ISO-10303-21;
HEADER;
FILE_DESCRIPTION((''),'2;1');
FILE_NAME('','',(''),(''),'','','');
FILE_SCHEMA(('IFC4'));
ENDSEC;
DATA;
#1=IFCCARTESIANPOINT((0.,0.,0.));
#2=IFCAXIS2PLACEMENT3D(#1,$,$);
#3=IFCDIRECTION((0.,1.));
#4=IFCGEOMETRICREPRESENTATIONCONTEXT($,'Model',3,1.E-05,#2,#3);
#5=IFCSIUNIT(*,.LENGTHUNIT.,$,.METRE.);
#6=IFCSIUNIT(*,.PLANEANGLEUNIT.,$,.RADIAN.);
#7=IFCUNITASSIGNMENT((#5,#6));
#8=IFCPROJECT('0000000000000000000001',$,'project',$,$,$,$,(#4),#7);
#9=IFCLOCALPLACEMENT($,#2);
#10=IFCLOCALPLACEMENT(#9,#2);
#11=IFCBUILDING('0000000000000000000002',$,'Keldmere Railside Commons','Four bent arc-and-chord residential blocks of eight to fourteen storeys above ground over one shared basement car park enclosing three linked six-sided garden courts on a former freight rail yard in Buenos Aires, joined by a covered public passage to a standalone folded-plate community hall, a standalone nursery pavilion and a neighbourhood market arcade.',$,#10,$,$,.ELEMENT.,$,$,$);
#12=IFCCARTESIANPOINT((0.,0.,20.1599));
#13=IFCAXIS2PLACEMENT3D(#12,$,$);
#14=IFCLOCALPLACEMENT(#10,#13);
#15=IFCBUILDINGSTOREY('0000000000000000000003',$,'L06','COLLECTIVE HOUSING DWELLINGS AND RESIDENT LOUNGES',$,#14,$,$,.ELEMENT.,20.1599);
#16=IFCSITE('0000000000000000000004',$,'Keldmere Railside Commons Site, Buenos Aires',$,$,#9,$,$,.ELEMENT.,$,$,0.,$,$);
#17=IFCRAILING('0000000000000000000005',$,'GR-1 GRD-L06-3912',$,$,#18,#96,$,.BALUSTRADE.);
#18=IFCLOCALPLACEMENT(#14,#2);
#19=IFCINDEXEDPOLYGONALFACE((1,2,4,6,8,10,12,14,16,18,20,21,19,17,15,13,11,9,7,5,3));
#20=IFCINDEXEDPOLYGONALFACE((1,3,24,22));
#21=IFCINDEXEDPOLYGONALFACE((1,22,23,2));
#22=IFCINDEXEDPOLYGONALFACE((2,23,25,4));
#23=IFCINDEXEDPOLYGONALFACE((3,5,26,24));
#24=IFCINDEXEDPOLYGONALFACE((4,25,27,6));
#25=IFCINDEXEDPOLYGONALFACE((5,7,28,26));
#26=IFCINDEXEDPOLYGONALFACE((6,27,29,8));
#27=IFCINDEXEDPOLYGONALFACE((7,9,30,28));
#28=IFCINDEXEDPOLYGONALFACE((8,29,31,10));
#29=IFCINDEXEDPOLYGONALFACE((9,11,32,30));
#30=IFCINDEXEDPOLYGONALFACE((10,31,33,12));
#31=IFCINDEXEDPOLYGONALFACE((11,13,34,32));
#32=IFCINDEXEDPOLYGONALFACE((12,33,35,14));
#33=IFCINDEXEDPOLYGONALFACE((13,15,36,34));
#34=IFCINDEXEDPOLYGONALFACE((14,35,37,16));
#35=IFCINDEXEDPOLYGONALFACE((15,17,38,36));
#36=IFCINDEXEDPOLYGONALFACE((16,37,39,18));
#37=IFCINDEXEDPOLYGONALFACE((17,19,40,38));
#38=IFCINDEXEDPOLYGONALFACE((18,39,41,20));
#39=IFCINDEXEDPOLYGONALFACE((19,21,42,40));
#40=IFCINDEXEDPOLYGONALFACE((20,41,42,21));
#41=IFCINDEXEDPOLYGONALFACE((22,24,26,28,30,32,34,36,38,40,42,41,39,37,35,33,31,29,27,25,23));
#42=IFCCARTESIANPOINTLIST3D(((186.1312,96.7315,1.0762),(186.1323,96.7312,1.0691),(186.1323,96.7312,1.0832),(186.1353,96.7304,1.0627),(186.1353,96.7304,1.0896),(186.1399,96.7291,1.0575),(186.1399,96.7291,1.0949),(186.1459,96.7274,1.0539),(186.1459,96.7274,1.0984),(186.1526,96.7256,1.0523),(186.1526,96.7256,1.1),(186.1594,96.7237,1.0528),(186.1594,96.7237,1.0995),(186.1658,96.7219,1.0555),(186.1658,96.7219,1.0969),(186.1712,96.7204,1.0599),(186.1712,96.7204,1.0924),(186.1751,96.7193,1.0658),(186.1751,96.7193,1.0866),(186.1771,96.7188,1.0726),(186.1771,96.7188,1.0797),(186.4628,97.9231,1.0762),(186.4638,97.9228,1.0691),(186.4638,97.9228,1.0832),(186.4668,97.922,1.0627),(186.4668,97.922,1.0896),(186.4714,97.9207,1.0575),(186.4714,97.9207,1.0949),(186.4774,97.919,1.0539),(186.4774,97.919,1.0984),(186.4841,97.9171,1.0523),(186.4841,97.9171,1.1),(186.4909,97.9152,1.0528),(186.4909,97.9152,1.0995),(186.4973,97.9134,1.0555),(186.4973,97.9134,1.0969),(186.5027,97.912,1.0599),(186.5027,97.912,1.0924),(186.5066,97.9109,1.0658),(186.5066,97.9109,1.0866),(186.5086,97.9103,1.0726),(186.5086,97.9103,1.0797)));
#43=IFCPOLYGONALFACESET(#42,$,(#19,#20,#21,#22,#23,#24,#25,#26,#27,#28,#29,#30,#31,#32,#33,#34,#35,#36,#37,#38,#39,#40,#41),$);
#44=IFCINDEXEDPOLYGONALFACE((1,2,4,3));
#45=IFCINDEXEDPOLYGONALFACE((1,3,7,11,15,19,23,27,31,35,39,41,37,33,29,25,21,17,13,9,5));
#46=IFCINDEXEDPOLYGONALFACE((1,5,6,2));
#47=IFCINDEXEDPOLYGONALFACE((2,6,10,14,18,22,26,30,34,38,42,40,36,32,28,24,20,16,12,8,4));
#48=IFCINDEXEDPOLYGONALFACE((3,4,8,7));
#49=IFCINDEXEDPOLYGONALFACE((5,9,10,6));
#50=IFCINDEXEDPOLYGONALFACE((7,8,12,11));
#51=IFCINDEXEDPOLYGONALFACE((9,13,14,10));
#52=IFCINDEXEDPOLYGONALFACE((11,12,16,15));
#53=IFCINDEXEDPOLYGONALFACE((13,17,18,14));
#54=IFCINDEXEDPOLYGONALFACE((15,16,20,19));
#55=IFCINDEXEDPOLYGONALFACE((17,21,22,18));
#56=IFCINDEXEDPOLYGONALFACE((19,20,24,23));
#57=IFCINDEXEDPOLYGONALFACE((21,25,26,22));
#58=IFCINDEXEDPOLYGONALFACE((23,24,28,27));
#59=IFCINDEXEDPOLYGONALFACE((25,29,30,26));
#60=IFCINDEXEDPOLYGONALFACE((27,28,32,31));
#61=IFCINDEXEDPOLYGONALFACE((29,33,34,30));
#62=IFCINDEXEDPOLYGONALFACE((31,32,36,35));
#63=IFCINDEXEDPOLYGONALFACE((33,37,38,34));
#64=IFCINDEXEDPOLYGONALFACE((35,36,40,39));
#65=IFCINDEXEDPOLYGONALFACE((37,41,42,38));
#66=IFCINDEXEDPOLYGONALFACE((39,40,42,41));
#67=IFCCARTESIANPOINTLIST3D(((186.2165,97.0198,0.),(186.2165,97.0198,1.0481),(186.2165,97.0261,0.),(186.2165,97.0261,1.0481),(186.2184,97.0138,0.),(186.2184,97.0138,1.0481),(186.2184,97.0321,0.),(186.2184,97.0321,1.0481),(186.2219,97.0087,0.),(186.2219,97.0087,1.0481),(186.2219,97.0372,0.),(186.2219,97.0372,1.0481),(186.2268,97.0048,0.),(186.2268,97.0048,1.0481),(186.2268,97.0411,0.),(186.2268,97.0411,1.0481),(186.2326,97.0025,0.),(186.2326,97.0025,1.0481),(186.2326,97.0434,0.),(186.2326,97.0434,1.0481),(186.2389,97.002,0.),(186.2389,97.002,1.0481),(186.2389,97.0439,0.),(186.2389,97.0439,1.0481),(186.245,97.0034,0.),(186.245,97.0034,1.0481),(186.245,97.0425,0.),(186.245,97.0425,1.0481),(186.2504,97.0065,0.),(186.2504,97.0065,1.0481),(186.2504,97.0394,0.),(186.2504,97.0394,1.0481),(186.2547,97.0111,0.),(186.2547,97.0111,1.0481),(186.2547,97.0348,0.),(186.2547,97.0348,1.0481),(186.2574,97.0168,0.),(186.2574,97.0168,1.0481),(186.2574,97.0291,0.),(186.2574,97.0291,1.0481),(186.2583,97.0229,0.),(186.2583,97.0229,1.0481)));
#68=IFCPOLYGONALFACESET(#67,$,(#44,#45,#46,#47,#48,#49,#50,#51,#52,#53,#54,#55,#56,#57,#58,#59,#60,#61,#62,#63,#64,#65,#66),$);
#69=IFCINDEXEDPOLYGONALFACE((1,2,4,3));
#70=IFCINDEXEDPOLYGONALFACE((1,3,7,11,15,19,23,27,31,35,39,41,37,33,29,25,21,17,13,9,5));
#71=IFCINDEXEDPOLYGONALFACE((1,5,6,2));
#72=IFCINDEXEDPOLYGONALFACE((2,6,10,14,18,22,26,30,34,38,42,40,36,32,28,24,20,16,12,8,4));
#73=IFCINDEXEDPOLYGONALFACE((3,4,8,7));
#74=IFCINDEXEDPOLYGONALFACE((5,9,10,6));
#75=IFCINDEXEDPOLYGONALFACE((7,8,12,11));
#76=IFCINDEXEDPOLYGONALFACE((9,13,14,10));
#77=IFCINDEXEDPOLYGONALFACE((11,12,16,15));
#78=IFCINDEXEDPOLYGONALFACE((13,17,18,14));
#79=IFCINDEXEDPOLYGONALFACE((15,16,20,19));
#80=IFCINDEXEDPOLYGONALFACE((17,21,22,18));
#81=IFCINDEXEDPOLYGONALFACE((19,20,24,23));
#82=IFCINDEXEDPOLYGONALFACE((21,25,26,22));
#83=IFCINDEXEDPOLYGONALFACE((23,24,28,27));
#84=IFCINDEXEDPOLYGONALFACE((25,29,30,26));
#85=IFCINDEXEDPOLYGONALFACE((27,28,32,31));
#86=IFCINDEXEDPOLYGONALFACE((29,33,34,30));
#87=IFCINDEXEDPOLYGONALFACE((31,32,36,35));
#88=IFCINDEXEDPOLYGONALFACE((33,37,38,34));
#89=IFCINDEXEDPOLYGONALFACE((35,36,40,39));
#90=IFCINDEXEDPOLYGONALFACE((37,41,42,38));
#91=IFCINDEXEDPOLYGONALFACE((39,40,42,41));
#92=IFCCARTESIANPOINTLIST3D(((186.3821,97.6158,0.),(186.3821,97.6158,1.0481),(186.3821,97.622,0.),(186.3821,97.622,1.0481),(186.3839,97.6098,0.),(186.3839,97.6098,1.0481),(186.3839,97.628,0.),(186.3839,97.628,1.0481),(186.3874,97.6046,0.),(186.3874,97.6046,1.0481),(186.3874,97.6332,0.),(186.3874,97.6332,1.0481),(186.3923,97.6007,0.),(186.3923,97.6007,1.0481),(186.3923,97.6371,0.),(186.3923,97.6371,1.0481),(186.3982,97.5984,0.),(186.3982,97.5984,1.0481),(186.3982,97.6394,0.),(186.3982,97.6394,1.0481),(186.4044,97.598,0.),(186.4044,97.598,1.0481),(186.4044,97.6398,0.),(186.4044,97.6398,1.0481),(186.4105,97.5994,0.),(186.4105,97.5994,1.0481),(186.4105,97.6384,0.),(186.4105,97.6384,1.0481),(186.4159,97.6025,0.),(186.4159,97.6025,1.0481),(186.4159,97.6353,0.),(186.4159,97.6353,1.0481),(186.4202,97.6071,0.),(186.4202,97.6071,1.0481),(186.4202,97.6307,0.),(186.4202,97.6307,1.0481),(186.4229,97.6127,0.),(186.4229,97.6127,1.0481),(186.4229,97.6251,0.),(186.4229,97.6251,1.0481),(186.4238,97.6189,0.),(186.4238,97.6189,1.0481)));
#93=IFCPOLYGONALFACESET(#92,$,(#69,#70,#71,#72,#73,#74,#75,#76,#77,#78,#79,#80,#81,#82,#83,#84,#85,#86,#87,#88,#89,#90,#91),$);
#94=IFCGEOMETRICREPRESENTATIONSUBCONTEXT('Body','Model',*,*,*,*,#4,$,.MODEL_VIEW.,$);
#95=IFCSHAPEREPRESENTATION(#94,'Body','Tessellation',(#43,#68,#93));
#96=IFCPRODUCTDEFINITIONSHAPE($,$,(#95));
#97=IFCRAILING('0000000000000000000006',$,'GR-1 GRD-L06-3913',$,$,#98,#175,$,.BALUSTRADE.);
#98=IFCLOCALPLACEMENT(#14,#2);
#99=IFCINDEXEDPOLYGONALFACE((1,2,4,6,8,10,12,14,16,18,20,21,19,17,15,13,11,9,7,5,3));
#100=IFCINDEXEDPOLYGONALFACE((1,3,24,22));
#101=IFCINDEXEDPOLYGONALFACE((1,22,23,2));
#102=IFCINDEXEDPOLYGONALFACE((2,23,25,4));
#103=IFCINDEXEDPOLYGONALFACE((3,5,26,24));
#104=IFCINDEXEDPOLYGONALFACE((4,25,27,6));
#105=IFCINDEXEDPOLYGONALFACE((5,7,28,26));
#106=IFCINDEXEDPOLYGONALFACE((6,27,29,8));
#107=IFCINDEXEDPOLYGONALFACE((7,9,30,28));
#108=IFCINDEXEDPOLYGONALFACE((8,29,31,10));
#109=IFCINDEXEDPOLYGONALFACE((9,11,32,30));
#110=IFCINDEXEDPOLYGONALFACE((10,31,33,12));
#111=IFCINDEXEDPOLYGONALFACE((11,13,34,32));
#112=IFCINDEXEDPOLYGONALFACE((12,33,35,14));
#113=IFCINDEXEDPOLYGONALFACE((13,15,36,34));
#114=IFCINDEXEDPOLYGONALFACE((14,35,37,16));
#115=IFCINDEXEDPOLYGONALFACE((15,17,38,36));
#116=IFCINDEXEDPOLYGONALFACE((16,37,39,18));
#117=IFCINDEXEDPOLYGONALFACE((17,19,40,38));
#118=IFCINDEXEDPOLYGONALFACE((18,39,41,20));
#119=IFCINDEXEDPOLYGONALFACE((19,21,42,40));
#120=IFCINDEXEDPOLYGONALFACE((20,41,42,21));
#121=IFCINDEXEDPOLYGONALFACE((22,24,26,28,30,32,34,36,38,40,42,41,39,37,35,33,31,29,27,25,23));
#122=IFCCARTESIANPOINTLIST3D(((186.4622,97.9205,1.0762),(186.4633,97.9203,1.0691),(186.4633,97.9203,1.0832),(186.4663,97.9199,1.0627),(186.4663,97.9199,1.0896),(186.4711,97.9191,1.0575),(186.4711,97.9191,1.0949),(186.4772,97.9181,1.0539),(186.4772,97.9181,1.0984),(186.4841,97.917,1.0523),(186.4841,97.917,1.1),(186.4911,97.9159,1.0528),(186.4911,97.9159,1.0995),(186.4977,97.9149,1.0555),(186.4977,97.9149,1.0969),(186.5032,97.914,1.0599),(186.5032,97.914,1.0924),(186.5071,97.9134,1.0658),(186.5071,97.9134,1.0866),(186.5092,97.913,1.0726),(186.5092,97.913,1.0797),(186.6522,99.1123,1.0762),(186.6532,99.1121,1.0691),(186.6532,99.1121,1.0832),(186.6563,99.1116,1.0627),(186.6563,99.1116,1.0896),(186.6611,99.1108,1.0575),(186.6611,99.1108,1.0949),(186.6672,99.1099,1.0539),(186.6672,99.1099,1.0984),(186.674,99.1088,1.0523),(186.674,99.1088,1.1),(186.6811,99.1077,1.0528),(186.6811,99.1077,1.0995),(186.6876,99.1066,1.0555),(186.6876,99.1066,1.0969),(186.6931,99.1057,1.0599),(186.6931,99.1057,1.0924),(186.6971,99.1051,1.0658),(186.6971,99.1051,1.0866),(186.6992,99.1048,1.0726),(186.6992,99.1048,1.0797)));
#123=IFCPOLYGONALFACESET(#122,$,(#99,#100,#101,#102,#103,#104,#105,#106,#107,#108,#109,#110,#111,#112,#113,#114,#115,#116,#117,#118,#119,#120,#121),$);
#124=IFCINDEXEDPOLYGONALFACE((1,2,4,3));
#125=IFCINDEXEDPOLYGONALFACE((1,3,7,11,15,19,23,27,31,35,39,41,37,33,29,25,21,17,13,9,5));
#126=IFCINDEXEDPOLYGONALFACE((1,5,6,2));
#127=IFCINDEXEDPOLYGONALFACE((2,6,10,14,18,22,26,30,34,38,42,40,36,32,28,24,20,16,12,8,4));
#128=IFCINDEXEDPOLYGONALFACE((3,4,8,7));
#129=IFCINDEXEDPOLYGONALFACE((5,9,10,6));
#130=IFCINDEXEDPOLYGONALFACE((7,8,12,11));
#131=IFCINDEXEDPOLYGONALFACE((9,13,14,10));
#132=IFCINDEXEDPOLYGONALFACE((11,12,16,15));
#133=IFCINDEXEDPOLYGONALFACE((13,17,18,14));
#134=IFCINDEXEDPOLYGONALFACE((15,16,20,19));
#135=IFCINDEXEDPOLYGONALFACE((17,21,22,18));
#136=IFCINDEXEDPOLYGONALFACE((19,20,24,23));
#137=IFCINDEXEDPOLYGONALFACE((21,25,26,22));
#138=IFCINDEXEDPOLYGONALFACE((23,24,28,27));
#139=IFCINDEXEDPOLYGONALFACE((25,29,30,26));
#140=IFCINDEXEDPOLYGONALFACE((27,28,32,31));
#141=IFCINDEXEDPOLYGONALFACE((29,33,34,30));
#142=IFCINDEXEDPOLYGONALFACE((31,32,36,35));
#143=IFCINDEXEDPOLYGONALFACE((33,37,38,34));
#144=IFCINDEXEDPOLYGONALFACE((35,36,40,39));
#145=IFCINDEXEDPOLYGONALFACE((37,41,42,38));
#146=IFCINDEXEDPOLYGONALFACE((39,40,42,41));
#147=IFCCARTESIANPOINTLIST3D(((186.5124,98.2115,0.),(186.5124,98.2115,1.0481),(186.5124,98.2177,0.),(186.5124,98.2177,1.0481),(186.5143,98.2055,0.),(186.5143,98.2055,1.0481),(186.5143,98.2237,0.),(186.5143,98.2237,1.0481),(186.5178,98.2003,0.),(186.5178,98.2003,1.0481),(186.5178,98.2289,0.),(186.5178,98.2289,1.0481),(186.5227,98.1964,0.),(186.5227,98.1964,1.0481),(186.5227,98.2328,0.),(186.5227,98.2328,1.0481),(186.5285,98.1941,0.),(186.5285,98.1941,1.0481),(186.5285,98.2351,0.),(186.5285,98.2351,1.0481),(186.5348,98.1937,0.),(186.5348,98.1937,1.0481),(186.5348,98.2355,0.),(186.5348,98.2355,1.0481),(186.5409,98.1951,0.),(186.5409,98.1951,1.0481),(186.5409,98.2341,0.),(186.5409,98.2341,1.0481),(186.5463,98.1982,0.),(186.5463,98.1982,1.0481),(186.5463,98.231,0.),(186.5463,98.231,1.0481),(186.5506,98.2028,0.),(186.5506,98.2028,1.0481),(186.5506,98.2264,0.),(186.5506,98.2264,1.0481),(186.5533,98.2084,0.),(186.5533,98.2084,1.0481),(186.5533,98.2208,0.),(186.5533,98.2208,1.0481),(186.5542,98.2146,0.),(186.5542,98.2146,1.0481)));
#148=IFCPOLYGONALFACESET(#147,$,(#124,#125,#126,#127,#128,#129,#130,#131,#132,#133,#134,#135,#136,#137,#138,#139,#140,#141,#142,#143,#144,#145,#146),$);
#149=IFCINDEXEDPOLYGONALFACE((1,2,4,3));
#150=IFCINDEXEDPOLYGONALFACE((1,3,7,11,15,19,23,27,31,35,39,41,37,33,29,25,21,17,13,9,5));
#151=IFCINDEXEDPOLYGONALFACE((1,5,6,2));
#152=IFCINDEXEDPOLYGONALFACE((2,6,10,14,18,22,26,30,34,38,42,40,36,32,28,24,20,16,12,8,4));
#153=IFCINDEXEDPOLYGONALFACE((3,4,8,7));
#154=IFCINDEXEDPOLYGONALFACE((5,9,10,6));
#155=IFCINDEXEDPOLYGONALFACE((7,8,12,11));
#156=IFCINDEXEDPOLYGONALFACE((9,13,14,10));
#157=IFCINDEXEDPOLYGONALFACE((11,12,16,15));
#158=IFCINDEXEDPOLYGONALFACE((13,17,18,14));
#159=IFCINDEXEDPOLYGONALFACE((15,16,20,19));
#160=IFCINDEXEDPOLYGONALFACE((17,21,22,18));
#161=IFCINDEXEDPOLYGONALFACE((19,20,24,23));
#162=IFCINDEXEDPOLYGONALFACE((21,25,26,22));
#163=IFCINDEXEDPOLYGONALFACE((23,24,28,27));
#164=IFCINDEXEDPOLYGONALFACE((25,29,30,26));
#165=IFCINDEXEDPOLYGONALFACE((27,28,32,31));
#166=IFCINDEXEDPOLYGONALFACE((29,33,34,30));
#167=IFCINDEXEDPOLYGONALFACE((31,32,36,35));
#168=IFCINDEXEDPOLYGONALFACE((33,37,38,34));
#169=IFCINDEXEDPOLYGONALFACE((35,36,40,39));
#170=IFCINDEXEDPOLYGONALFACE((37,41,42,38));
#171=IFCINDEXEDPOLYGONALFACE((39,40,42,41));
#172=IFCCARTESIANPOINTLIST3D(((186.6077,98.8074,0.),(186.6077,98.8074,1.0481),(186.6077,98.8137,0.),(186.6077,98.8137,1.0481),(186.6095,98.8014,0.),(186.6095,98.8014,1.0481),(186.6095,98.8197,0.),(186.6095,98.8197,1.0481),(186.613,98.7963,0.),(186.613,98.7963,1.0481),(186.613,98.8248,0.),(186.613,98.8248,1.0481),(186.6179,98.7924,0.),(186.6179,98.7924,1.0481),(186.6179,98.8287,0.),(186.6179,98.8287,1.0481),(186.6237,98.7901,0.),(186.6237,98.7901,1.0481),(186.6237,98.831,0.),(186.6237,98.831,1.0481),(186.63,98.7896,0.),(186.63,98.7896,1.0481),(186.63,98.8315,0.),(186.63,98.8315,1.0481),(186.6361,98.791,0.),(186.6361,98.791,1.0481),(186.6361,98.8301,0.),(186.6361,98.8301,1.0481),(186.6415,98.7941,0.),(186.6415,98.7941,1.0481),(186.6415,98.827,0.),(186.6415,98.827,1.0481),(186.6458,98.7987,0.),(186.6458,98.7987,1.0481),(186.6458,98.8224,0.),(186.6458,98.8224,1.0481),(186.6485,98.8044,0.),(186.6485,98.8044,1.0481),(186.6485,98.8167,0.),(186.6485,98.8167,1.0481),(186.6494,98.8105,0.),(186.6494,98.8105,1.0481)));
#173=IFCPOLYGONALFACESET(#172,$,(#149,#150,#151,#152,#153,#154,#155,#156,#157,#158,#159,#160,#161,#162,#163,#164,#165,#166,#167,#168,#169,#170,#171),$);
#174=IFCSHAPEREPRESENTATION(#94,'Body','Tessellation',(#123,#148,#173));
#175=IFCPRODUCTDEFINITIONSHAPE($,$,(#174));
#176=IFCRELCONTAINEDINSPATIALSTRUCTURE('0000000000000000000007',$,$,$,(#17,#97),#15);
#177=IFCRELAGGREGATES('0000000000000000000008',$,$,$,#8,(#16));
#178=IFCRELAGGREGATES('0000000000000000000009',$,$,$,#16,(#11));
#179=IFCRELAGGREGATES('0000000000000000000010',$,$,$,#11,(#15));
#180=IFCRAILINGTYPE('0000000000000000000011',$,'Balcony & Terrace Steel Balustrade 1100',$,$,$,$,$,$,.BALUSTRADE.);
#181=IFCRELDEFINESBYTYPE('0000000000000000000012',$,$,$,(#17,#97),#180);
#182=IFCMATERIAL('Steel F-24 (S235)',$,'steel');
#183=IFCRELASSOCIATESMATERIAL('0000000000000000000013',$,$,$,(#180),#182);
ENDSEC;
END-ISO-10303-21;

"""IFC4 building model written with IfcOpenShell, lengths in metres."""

from ifc_helpers import new_model, si_unit, direction, frame, origin, origin_2d, place, context, subcontext, project, spatial, circle, extrude, material, type_object, element, save


model = new_model("IFC4")

# Units and contexts
model_context = context("Model", 3, precision=1e-05, world=origin(), true_north=direction((0.0, 1.0)))
body_context = subcontext(model_context, "Body", "Model", "MODEL_VIEW")
ifc_project = project(units=[si_unit("LENGTHUNIT", "METRE"), si_unit("PLANEANGLEUNIT", "RADIAN")], contexts=[model_context])

# Site, building, storey
site_placement = place(None, origin())
site = spatial("IfcSite", under=ifc_project, at=site_placement, Name="Keldmere Railside Commons Site, Buenos Aires", CompositionType="ELEMENT", RefElevation=0.0)
building_placement = place(site_placement, origin())
building = spatial("IfcBuilding", under=site, at=building_placement, Name="Keldmere Railside Commons", Description="Four bent arc-and-chord residential blocks of eight to fourteen storeys above ground over one shared basement car park enclosing three linked six-sided garden courts on a former freight rail yard in Buenos Aires, joined by a covered public passage to a standalone folded-plate community hall, a standalone nursery pavilion and a neighbourhood market arcade.", CompositionType="ELEMENT")
storey_placement = place(building_placement, frame((0.0, 0.0, 20.1599)))
storey = spatial("IfcBuildingStorey", under=building, at=storey_placement, Name="L06", Description="COLLECTIVE HOUSING DWELLINGS AND RESIDENT LOUNGES", CompositionType="ELEMENT", Elevation=20.1599)

# Railings
ifc_material_1 = material(Name="Steel F-24 (S235)", Category="steel")
railing_type = type_object("IfcRailingType", Name="Balcony & Terrace Steel Balustrade 1100", PredefinedType="BALUSTRADE", material=ifc_material_1)
railing_1_placement = place(storey_placement, frame((186.1543, 96.7251, 0.0)))
element("IfcRailing", 1, at=railing_1_placement, inside=storey, type_object=railing_type, Name="GR-1 GRD-L06-3912", PredefinedType="BALUSTRADE", context=body_context, shape_type="SweptSolid", body=[
    extrude(circle(Radius=0.0239, at=origin_2d()), frame((0.0, 0.0, 1.0762), z_axis=(0.268041, 0.963408, 0.0), x_axis=(-0.963408, 0.268041, 0.0)), (0.0, 0.0, 1.0), 1.2368),
    extrude(circle(Radius=0.021, at=origin_2d()), frame((0.083, 0.2979, 0.0)), (0.0, 0.0, 1.0), 1.0481),
    extrude(circle(Radius=0.021, at=origin_2d()), frame((0.2485, 0.8938, 0.0)), (0.0, 0.0, 1.0), 1.0481),
])
railing_2_placement = place(storey_placement, frame((186.4858, 97.9167, 0.0)))
element("IfcRailing", 2, at=railing_2_placement, inside=storey, type_object=railing_type, Name="GR-1 GRD-L06-3913", PredefinedType="BALUSTRADE", context=body_context, shape_type="SweptSolid", body=[
    extrude(circle(Radius=0.0239, at=origin_2d()), frame((0.0, 0.0, 1.0762), z_axis=(0.157407, 0.987534, 0.0), x_axis=(-0.987534, 0.157407, 0.0)), (0.0, 0.0, 1.0), 1.2068),
    extrude(circle(Radius=0.021, at=origin_2d()), frame((0.0474, 0.2979, 0.0)), (0.0, 0.0, 1.0), 1.0481),
    extrude(circle(Radius=0.021, at=origin_2d()), frame((0.1426, 0.8938, 0.0)), (0.0, 0.0, 1.0), 1.0481),
])

save(model, "model.ifc")
